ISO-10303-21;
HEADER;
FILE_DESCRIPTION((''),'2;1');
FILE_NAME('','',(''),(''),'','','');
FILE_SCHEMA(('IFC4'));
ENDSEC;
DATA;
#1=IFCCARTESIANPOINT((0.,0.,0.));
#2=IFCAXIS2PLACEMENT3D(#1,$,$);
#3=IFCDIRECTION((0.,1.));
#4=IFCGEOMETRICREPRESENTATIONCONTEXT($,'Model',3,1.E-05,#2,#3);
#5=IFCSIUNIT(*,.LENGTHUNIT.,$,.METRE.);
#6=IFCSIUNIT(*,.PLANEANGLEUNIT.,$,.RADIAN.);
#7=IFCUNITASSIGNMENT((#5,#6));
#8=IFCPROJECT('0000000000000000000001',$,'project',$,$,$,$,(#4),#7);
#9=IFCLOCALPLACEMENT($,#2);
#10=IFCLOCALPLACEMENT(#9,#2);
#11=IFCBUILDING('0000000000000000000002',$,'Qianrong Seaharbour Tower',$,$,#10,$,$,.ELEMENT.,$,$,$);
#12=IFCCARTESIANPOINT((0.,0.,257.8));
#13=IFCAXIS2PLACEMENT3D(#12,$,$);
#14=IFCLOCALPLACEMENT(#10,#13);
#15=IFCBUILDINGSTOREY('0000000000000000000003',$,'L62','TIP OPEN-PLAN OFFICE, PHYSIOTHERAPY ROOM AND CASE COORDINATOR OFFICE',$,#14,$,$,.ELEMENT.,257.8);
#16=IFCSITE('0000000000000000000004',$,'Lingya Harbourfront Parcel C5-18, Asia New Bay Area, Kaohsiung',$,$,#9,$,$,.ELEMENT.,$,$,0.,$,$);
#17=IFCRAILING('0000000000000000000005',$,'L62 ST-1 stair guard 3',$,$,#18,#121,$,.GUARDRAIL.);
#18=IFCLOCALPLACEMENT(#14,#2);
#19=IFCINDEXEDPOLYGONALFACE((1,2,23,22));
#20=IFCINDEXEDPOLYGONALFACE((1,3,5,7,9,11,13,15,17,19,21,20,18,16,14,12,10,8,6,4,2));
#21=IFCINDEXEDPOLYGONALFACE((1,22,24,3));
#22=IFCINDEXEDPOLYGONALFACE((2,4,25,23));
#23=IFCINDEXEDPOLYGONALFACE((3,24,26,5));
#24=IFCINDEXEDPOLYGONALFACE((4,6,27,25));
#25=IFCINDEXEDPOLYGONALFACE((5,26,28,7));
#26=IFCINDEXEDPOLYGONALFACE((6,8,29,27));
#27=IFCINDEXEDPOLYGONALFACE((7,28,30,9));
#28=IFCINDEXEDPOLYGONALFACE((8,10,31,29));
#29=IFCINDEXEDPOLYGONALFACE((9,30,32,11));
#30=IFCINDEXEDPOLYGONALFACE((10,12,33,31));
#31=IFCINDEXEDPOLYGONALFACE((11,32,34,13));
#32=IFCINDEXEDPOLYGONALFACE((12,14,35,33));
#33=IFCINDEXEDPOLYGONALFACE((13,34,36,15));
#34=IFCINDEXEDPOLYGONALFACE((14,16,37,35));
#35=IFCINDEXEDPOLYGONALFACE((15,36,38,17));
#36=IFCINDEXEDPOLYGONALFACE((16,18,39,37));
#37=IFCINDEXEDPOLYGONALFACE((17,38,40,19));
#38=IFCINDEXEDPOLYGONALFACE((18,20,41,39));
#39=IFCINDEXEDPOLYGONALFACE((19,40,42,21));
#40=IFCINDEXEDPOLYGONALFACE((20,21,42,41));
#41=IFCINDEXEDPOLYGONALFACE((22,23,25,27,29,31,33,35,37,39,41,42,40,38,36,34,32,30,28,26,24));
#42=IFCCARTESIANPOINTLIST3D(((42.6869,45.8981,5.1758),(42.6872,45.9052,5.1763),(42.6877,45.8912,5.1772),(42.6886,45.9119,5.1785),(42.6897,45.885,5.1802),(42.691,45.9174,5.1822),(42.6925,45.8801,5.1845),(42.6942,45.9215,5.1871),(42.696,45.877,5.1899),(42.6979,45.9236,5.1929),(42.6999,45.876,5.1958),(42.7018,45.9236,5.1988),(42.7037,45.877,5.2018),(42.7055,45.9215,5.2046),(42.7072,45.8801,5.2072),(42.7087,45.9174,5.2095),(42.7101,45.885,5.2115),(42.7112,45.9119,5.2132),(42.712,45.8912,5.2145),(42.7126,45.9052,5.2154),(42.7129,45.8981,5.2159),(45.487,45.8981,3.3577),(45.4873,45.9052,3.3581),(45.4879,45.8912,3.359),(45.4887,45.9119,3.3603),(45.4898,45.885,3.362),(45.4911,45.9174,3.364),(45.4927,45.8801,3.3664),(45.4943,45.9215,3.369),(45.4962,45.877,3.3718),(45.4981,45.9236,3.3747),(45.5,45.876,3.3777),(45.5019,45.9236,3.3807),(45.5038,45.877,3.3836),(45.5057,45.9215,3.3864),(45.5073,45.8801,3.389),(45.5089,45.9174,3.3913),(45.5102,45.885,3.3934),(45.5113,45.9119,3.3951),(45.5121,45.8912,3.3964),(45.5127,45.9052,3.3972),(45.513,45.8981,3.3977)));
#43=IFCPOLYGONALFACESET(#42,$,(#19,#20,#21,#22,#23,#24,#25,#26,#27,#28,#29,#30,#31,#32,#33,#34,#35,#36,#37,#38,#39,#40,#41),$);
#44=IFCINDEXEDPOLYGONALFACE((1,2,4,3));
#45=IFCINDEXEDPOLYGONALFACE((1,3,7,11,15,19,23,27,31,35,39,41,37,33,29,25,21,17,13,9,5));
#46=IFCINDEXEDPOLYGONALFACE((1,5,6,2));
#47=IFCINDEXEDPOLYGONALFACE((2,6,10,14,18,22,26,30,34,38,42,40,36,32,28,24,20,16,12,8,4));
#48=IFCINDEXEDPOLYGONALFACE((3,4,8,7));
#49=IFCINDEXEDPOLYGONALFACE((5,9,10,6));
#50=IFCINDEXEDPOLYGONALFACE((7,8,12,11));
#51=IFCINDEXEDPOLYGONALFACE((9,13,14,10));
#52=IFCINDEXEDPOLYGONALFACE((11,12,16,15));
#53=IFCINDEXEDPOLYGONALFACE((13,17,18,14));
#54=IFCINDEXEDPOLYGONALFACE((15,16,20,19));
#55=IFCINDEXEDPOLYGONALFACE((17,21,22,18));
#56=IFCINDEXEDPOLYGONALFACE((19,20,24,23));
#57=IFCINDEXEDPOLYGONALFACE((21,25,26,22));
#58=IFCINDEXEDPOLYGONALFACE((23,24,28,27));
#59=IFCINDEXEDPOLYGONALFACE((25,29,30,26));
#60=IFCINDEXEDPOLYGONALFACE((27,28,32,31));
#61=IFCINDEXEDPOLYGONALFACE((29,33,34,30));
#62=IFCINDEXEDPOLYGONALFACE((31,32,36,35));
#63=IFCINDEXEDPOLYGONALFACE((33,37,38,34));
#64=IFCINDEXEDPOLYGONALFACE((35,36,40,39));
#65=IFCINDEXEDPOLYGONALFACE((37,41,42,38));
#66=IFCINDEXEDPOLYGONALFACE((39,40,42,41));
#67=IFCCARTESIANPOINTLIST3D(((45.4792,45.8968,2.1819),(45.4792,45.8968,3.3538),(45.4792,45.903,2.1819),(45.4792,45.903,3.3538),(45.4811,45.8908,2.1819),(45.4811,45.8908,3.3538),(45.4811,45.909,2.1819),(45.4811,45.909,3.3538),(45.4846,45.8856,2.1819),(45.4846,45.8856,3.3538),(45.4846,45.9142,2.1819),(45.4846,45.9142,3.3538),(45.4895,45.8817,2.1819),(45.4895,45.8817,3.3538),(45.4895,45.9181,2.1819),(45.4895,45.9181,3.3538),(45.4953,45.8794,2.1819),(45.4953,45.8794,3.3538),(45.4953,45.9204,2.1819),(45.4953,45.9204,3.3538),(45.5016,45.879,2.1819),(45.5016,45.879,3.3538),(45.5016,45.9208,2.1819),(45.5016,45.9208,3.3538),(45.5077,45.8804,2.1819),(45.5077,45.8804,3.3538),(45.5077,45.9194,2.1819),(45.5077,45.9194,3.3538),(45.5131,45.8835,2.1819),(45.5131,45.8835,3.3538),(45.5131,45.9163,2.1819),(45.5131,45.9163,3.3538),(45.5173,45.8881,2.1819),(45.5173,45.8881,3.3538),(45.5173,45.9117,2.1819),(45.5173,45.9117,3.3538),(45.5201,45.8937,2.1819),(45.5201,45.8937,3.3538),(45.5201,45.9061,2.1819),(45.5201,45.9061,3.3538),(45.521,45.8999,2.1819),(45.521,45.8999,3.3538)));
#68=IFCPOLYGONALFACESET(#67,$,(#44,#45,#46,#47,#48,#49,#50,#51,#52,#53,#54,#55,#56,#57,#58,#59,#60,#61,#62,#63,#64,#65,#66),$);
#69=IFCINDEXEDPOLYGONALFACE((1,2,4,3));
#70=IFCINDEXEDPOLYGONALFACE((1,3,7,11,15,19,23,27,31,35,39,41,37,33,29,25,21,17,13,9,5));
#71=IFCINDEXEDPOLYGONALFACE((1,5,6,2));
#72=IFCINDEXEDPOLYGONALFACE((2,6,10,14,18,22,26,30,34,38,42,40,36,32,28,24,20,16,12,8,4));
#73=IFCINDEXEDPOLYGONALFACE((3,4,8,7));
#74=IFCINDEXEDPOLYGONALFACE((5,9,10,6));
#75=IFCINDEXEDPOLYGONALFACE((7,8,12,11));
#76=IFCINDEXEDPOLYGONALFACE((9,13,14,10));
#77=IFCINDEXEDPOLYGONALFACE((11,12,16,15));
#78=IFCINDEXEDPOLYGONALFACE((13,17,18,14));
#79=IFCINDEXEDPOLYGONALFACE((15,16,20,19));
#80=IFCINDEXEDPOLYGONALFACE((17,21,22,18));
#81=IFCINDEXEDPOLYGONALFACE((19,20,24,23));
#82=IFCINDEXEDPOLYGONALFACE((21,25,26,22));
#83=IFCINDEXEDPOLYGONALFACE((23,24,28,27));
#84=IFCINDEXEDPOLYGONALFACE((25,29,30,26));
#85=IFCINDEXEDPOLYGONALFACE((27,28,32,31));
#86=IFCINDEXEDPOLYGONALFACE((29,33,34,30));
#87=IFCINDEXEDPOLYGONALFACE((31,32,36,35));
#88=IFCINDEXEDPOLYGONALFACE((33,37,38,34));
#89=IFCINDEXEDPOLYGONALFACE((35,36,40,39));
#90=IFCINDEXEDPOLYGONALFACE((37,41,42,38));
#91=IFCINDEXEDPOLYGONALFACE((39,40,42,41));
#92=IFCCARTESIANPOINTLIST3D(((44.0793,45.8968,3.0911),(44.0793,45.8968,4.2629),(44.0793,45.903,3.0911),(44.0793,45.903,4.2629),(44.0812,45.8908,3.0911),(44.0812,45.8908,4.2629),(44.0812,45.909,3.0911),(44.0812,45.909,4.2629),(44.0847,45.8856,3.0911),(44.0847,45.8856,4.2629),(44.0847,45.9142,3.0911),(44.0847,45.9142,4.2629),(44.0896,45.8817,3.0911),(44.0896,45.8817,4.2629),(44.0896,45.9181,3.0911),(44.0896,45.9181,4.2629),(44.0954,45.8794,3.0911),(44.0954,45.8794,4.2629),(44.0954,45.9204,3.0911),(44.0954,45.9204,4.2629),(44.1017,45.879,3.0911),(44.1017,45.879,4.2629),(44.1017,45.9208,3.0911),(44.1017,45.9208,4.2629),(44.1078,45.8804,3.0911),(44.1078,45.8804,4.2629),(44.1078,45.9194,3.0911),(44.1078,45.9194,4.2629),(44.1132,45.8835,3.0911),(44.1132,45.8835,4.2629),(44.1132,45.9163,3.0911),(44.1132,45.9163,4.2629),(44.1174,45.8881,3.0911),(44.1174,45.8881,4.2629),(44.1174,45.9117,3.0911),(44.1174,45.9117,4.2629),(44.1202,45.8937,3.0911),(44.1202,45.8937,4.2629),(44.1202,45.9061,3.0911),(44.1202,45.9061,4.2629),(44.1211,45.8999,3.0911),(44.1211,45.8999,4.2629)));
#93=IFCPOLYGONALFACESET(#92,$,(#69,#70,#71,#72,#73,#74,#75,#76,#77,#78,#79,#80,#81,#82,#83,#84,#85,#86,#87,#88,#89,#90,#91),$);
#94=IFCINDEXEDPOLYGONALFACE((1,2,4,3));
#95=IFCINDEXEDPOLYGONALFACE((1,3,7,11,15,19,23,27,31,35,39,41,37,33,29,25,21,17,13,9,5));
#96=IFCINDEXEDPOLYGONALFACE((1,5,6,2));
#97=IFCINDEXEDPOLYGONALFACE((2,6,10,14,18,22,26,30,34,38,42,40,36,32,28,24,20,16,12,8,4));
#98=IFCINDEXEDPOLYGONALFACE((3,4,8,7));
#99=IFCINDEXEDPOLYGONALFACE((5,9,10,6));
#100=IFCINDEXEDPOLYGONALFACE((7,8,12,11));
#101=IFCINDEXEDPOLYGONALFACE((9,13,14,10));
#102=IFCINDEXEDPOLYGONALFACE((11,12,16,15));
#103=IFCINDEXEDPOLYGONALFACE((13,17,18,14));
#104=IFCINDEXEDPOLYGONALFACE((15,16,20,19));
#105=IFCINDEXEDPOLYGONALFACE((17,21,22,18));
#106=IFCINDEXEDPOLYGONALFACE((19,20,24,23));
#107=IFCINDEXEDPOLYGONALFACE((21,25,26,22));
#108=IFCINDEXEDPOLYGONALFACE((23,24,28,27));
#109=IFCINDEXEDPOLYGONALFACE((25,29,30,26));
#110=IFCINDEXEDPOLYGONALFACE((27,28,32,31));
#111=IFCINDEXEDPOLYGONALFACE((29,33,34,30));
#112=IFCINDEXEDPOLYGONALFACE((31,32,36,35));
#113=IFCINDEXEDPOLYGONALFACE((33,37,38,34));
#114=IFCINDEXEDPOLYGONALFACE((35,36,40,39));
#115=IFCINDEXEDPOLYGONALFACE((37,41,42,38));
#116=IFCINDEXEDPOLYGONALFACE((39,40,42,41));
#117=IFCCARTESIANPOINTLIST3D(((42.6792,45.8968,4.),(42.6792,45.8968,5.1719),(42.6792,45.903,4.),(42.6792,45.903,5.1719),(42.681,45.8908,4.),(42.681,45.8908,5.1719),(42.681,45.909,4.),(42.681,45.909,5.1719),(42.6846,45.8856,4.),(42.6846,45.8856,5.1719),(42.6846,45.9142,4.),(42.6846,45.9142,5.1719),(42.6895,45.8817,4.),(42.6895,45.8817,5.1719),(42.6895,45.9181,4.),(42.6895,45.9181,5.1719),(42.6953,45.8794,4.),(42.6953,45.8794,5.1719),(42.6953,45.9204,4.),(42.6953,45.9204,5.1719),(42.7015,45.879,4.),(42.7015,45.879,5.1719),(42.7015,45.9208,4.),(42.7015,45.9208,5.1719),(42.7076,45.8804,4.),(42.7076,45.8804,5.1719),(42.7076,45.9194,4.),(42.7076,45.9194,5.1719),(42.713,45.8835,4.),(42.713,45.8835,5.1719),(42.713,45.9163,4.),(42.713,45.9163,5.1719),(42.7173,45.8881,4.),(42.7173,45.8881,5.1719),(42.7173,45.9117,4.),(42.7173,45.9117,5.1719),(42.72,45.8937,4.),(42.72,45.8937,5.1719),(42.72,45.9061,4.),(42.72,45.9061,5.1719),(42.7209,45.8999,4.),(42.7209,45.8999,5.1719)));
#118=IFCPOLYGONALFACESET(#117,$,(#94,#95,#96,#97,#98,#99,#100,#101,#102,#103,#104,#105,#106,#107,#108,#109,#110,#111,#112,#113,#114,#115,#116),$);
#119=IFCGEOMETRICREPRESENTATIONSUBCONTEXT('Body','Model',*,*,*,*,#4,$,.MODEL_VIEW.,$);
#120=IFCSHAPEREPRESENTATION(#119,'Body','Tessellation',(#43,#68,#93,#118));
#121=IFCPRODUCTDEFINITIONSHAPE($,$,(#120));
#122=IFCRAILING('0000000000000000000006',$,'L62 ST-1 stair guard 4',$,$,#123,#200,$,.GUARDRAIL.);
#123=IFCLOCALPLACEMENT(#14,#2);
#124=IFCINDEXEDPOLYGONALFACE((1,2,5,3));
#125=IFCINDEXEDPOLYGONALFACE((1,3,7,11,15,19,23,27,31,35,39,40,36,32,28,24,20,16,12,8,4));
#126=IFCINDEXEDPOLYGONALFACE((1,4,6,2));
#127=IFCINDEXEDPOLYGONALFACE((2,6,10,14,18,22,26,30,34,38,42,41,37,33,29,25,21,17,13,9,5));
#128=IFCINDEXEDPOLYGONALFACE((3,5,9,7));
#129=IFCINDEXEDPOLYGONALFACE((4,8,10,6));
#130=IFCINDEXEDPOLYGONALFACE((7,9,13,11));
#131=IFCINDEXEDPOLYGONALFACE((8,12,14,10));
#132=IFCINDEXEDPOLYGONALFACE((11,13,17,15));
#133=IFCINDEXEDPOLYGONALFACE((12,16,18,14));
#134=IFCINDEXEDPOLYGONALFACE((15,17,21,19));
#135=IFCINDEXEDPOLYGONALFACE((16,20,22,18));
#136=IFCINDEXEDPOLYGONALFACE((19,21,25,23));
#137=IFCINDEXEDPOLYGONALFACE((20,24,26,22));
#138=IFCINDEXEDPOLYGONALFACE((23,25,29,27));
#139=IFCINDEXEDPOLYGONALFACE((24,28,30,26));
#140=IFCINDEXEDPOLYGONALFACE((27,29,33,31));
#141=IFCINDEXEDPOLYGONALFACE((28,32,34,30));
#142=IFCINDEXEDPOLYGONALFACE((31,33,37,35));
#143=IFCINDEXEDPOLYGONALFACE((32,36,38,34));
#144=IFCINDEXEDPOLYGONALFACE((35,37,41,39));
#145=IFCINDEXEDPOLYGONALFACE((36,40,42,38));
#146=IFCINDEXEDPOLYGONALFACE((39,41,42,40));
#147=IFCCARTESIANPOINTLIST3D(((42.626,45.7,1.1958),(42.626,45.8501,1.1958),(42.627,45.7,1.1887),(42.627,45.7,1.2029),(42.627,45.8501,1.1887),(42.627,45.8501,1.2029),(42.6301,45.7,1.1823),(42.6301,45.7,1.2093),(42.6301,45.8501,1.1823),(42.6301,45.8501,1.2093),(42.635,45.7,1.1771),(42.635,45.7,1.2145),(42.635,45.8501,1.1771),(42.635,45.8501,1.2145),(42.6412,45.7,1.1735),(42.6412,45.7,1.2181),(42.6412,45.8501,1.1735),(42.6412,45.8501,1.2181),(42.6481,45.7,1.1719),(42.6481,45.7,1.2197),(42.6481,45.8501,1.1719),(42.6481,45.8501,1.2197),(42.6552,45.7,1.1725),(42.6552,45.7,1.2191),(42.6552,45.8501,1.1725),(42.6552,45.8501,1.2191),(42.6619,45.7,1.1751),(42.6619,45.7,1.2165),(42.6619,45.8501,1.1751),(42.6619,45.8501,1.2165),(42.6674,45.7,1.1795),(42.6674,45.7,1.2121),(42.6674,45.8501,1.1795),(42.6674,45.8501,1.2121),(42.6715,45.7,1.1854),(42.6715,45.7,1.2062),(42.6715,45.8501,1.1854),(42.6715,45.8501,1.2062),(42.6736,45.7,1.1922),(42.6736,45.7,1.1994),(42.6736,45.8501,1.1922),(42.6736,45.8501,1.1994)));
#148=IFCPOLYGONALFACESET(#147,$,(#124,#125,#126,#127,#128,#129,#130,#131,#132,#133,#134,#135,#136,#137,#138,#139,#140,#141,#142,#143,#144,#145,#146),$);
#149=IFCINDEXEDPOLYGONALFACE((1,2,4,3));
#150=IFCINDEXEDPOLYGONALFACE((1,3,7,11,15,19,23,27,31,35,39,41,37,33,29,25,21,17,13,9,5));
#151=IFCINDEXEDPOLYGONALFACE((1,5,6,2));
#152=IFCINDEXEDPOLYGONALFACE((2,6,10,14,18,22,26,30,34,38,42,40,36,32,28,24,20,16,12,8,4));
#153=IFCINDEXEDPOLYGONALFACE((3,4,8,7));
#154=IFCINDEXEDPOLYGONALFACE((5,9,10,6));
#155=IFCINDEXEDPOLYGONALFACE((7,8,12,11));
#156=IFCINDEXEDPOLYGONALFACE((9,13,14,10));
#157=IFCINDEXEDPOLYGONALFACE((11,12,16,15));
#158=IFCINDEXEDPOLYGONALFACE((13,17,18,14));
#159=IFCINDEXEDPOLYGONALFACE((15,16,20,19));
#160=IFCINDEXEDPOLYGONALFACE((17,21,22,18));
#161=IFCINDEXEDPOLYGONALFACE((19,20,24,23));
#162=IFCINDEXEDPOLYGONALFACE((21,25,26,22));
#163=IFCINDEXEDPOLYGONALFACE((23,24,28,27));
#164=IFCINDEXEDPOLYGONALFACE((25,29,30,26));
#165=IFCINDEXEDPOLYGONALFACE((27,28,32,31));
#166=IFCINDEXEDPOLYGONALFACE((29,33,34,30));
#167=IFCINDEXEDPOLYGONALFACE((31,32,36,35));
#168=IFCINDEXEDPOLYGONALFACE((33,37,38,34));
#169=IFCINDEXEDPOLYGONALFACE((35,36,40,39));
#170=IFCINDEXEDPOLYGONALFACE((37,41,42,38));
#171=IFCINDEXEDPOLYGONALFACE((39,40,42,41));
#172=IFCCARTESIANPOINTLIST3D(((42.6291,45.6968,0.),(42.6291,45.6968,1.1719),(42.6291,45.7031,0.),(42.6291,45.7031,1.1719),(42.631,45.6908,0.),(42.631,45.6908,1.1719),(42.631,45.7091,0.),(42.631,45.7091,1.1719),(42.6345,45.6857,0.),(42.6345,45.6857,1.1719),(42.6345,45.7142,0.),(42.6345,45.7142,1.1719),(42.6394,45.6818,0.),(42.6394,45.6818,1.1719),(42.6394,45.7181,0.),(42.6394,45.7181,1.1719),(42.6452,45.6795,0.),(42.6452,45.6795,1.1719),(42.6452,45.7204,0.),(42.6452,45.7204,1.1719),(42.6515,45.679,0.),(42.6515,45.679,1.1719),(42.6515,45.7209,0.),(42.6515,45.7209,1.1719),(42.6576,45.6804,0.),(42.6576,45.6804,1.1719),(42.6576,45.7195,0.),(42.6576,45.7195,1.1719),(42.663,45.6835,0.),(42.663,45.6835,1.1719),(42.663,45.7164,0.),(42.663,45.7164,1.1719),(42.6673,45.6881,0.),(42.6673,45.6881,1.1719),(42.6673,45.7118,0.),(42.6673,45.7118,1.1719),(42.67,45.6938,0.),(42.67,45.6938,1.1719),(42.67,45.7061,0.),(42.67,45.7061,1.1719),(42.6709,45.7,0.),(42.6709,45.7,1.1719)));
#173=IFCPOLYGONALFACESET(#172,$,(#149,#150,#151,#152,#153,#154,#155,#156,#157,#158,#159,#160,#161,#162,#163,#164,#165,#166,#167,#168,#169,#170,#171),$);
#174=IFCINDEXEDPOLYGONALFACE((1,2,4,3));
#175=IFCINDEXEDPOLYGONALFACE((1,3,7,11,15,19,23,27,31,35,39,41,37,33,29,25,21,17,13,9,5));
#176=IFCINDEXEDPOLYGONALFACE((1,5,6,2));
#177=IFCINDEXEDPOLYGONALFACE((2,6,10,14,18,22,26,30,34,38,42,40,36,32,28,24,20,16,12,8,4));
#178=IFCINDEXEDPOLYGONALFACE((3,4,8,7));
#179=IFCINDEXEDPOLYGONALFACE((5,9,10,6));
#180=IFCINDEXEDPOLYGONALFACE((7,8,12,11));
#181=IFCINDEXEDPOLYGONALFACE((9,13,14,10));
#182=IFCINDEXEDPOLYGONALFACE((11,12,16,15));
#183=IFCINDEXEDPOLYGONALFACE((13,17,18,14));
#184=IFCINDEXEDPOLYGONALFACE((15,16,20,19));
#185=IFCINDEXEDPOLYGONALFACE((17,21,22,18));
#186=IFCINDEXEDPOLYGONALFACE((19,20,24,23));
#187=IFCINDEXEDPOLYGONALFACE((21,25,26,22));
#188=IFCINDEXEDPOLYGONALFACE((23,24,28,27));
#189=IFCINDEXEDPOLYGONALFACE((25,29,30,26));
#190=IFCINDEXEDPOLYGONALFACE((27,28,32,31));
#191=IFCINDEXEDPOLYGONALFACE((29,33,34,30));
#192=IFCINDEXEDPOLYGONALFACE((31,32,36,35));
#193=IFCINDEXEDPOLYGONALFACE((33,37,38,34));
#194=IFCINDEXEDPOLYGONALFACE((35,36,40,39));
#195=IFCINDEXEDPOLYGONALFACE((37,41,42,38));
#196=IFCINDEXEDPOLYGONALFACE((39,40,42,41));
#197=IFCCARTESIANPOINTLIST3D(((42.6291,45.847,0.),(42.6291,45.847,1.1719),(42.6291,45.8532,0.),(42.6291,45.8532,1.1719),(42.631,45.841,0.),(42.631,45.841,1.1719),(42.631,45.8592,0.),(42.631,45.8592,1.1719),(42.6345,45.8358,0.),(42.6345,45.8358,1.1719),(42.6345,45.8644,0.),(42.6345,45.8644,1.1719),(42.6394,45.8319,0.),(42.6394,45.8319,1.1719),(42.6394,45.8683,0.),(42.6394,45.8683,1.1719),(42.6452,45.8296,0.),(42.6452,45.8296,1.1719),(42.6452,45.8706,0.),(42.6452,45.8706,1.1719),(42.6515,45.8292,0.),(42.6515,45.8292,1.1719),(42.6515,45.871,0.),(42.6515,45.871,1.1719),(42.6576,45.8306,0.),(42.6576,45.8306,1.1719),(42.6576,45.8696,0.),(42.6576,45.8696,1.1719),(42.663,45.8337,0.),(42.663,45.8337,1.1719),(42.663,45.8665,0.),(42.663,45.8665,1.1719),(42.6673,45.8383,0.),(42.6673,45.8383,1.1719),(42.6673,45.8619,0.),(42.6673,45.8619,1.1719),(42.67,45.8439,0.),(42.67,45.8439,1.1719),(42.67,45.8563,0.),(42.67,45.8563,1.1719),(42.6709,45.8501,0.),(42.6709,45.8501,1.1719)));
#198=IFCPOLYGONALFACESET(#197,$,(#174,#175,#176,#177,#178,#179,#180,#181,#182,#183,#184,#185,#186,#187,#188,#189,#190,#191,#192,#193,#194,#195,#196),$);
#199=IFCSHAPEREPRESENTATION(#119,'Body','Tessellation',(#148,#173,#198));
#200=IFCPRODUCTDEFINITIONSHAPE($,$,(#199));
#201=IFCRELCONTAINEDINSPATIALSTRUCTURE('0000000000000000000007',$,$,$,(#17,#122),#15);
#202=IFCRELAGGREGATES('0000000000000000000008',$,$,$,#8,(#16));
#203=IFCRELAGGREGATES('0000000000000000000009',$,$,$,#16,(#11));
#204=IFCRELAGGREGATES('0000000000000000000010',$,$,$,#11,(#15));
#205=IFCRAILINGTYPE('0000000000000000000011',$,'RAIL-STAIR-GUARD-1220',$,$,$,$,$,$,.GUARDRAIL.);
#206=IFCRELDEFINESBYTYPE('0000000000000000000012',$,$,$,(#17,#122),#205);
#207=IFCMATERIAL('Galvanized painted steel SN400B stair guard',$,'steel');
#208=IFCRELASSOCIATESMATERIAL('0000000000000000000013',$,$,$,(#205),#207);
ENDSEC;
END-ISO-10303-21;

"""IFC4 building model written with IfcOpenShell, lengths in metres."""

from ifc_helpers import new_model, si_unit, direction, frame, origin, origin_2d, place, context, subcontext, project, spatial, circle, extrude, material, type_object, element, save


model = new_model("IFC4")

# Units and contexts
model_context = context("Model", 3, precision=1e-05, world=origin(), true_north=direction((0.0, 1.0)))
body_context = subcontext(model_context, "Body", "Model", "MODEL_VIEW")
ifc_project = project(units=[si_unit("LENGTHUNIT", "METRE"), si_unit("PLANEANGLEUNIT", "RADIAN")], contexts=[model_context])

# Site, building, storey
site_placement = place(None, origin())
site = spatial("IfcSite", under=ifc_project, at=site_placement, Name="Lingya Harbourfront Parcel C5-18, Asia New Bay Area, Kaohsiung", CompositionType="ELEMENT", RefElevation=0.0)
building_placement = place(site_placement, origin())
building = spatial("IfcBuilding", under=site, at=building_placement, Name="Qianrong Seaharbour Tower", CompositionType="ELEMENT")
storey_placement = place(building_placement, frame((0.0, 0.0, 257.8)))
storey = spatial("IfcBuildingStorey", under=building, at=storey_placement, Name="L62", Description="TIP OPEN-PLAN OFFICE, PHYSIOTHERAPY ROOM AND CASE COORDINATOR OFFICE", CompositionType="ELEMENT", Elevation=257.8)

# Railings
ifc_material_1 = material(Name="Galvanized painted steel SN400B stair guard", Category="steel")
railing_type_1 = type_object("IfcRailingType", Name="RAIL-STAIR-GUARD-1220", PredefinedType="GUARDRAIL", material=ifc_material_1)
railing_1_placement = place(storey_placement, frame((45.5, 45.8999, 2.1819)))
element("IfcRailing", 1, at=railing_1_placement, inside=storey, type_object=railing_type_1, Name="L62 ST-1 stair guard 3", PredefinedType="GUARDRAIL", context=body_context, shape_type="SweptSolid", body=[
    extrude(circle(Radius=0.0239, at=origin_2d()), frame((0.0, 0.0, 1.1958), z_axis=(-0.838706, 0.0, 0.544585), x_axis=(0.0, -1.0, 0.0)), (0.0, 0.0, 1.0), 3.3386),
    extrude(circle(Radius=0.021, at=origin_2d()), origin(), (0.0, 0.0, 1.0), 1.1719),
    extrude(circle(Radius=0.021, at=origin_2d()), frame((-1.3999, 0.0, 0.9092)), (0.0, 0.0, 1.0), 1.1719),
    extrude(circle(Radius=0.021, at=origin_2d()), frame((-2.8, 0.0, 1.8181)), (0.0, 0.0, 1.0), 1.1719),
])
railing_2_placement = place(storey_placement, frame((42.6499, 45.7, 0.0)))
element("IfcRailing", 2, at=railing_2_placement, inside=storey, type_object=railing_type_1, Name="L62 ST-1 stair guard 4", PredefinedType="GUARDRAIL", context=body_context, shape_type="SweptSolid", body=[
    extrude(circle(Radius=0.0239, at=origin_2d()), frame((0.0, 0.0, 1.1958), z_axis=(0.0, 1.0, 0.0), x_axis=(-1.0, 0.0, 0.0)), (0.0, 0.0, 1.0), 0.1501),
    extrude(circle(Radius=0.021, at=origin_2d()), origin(), (0.0, 0.0, 1.0), 1.1719),
    extrude(circle(Radius=0.021, at=origin_2d()), frame((0.0, 0.1501, 0.0)), (0.0, 0.0, 1.0), 1.1719),
])

save(model, "model.ifc")
